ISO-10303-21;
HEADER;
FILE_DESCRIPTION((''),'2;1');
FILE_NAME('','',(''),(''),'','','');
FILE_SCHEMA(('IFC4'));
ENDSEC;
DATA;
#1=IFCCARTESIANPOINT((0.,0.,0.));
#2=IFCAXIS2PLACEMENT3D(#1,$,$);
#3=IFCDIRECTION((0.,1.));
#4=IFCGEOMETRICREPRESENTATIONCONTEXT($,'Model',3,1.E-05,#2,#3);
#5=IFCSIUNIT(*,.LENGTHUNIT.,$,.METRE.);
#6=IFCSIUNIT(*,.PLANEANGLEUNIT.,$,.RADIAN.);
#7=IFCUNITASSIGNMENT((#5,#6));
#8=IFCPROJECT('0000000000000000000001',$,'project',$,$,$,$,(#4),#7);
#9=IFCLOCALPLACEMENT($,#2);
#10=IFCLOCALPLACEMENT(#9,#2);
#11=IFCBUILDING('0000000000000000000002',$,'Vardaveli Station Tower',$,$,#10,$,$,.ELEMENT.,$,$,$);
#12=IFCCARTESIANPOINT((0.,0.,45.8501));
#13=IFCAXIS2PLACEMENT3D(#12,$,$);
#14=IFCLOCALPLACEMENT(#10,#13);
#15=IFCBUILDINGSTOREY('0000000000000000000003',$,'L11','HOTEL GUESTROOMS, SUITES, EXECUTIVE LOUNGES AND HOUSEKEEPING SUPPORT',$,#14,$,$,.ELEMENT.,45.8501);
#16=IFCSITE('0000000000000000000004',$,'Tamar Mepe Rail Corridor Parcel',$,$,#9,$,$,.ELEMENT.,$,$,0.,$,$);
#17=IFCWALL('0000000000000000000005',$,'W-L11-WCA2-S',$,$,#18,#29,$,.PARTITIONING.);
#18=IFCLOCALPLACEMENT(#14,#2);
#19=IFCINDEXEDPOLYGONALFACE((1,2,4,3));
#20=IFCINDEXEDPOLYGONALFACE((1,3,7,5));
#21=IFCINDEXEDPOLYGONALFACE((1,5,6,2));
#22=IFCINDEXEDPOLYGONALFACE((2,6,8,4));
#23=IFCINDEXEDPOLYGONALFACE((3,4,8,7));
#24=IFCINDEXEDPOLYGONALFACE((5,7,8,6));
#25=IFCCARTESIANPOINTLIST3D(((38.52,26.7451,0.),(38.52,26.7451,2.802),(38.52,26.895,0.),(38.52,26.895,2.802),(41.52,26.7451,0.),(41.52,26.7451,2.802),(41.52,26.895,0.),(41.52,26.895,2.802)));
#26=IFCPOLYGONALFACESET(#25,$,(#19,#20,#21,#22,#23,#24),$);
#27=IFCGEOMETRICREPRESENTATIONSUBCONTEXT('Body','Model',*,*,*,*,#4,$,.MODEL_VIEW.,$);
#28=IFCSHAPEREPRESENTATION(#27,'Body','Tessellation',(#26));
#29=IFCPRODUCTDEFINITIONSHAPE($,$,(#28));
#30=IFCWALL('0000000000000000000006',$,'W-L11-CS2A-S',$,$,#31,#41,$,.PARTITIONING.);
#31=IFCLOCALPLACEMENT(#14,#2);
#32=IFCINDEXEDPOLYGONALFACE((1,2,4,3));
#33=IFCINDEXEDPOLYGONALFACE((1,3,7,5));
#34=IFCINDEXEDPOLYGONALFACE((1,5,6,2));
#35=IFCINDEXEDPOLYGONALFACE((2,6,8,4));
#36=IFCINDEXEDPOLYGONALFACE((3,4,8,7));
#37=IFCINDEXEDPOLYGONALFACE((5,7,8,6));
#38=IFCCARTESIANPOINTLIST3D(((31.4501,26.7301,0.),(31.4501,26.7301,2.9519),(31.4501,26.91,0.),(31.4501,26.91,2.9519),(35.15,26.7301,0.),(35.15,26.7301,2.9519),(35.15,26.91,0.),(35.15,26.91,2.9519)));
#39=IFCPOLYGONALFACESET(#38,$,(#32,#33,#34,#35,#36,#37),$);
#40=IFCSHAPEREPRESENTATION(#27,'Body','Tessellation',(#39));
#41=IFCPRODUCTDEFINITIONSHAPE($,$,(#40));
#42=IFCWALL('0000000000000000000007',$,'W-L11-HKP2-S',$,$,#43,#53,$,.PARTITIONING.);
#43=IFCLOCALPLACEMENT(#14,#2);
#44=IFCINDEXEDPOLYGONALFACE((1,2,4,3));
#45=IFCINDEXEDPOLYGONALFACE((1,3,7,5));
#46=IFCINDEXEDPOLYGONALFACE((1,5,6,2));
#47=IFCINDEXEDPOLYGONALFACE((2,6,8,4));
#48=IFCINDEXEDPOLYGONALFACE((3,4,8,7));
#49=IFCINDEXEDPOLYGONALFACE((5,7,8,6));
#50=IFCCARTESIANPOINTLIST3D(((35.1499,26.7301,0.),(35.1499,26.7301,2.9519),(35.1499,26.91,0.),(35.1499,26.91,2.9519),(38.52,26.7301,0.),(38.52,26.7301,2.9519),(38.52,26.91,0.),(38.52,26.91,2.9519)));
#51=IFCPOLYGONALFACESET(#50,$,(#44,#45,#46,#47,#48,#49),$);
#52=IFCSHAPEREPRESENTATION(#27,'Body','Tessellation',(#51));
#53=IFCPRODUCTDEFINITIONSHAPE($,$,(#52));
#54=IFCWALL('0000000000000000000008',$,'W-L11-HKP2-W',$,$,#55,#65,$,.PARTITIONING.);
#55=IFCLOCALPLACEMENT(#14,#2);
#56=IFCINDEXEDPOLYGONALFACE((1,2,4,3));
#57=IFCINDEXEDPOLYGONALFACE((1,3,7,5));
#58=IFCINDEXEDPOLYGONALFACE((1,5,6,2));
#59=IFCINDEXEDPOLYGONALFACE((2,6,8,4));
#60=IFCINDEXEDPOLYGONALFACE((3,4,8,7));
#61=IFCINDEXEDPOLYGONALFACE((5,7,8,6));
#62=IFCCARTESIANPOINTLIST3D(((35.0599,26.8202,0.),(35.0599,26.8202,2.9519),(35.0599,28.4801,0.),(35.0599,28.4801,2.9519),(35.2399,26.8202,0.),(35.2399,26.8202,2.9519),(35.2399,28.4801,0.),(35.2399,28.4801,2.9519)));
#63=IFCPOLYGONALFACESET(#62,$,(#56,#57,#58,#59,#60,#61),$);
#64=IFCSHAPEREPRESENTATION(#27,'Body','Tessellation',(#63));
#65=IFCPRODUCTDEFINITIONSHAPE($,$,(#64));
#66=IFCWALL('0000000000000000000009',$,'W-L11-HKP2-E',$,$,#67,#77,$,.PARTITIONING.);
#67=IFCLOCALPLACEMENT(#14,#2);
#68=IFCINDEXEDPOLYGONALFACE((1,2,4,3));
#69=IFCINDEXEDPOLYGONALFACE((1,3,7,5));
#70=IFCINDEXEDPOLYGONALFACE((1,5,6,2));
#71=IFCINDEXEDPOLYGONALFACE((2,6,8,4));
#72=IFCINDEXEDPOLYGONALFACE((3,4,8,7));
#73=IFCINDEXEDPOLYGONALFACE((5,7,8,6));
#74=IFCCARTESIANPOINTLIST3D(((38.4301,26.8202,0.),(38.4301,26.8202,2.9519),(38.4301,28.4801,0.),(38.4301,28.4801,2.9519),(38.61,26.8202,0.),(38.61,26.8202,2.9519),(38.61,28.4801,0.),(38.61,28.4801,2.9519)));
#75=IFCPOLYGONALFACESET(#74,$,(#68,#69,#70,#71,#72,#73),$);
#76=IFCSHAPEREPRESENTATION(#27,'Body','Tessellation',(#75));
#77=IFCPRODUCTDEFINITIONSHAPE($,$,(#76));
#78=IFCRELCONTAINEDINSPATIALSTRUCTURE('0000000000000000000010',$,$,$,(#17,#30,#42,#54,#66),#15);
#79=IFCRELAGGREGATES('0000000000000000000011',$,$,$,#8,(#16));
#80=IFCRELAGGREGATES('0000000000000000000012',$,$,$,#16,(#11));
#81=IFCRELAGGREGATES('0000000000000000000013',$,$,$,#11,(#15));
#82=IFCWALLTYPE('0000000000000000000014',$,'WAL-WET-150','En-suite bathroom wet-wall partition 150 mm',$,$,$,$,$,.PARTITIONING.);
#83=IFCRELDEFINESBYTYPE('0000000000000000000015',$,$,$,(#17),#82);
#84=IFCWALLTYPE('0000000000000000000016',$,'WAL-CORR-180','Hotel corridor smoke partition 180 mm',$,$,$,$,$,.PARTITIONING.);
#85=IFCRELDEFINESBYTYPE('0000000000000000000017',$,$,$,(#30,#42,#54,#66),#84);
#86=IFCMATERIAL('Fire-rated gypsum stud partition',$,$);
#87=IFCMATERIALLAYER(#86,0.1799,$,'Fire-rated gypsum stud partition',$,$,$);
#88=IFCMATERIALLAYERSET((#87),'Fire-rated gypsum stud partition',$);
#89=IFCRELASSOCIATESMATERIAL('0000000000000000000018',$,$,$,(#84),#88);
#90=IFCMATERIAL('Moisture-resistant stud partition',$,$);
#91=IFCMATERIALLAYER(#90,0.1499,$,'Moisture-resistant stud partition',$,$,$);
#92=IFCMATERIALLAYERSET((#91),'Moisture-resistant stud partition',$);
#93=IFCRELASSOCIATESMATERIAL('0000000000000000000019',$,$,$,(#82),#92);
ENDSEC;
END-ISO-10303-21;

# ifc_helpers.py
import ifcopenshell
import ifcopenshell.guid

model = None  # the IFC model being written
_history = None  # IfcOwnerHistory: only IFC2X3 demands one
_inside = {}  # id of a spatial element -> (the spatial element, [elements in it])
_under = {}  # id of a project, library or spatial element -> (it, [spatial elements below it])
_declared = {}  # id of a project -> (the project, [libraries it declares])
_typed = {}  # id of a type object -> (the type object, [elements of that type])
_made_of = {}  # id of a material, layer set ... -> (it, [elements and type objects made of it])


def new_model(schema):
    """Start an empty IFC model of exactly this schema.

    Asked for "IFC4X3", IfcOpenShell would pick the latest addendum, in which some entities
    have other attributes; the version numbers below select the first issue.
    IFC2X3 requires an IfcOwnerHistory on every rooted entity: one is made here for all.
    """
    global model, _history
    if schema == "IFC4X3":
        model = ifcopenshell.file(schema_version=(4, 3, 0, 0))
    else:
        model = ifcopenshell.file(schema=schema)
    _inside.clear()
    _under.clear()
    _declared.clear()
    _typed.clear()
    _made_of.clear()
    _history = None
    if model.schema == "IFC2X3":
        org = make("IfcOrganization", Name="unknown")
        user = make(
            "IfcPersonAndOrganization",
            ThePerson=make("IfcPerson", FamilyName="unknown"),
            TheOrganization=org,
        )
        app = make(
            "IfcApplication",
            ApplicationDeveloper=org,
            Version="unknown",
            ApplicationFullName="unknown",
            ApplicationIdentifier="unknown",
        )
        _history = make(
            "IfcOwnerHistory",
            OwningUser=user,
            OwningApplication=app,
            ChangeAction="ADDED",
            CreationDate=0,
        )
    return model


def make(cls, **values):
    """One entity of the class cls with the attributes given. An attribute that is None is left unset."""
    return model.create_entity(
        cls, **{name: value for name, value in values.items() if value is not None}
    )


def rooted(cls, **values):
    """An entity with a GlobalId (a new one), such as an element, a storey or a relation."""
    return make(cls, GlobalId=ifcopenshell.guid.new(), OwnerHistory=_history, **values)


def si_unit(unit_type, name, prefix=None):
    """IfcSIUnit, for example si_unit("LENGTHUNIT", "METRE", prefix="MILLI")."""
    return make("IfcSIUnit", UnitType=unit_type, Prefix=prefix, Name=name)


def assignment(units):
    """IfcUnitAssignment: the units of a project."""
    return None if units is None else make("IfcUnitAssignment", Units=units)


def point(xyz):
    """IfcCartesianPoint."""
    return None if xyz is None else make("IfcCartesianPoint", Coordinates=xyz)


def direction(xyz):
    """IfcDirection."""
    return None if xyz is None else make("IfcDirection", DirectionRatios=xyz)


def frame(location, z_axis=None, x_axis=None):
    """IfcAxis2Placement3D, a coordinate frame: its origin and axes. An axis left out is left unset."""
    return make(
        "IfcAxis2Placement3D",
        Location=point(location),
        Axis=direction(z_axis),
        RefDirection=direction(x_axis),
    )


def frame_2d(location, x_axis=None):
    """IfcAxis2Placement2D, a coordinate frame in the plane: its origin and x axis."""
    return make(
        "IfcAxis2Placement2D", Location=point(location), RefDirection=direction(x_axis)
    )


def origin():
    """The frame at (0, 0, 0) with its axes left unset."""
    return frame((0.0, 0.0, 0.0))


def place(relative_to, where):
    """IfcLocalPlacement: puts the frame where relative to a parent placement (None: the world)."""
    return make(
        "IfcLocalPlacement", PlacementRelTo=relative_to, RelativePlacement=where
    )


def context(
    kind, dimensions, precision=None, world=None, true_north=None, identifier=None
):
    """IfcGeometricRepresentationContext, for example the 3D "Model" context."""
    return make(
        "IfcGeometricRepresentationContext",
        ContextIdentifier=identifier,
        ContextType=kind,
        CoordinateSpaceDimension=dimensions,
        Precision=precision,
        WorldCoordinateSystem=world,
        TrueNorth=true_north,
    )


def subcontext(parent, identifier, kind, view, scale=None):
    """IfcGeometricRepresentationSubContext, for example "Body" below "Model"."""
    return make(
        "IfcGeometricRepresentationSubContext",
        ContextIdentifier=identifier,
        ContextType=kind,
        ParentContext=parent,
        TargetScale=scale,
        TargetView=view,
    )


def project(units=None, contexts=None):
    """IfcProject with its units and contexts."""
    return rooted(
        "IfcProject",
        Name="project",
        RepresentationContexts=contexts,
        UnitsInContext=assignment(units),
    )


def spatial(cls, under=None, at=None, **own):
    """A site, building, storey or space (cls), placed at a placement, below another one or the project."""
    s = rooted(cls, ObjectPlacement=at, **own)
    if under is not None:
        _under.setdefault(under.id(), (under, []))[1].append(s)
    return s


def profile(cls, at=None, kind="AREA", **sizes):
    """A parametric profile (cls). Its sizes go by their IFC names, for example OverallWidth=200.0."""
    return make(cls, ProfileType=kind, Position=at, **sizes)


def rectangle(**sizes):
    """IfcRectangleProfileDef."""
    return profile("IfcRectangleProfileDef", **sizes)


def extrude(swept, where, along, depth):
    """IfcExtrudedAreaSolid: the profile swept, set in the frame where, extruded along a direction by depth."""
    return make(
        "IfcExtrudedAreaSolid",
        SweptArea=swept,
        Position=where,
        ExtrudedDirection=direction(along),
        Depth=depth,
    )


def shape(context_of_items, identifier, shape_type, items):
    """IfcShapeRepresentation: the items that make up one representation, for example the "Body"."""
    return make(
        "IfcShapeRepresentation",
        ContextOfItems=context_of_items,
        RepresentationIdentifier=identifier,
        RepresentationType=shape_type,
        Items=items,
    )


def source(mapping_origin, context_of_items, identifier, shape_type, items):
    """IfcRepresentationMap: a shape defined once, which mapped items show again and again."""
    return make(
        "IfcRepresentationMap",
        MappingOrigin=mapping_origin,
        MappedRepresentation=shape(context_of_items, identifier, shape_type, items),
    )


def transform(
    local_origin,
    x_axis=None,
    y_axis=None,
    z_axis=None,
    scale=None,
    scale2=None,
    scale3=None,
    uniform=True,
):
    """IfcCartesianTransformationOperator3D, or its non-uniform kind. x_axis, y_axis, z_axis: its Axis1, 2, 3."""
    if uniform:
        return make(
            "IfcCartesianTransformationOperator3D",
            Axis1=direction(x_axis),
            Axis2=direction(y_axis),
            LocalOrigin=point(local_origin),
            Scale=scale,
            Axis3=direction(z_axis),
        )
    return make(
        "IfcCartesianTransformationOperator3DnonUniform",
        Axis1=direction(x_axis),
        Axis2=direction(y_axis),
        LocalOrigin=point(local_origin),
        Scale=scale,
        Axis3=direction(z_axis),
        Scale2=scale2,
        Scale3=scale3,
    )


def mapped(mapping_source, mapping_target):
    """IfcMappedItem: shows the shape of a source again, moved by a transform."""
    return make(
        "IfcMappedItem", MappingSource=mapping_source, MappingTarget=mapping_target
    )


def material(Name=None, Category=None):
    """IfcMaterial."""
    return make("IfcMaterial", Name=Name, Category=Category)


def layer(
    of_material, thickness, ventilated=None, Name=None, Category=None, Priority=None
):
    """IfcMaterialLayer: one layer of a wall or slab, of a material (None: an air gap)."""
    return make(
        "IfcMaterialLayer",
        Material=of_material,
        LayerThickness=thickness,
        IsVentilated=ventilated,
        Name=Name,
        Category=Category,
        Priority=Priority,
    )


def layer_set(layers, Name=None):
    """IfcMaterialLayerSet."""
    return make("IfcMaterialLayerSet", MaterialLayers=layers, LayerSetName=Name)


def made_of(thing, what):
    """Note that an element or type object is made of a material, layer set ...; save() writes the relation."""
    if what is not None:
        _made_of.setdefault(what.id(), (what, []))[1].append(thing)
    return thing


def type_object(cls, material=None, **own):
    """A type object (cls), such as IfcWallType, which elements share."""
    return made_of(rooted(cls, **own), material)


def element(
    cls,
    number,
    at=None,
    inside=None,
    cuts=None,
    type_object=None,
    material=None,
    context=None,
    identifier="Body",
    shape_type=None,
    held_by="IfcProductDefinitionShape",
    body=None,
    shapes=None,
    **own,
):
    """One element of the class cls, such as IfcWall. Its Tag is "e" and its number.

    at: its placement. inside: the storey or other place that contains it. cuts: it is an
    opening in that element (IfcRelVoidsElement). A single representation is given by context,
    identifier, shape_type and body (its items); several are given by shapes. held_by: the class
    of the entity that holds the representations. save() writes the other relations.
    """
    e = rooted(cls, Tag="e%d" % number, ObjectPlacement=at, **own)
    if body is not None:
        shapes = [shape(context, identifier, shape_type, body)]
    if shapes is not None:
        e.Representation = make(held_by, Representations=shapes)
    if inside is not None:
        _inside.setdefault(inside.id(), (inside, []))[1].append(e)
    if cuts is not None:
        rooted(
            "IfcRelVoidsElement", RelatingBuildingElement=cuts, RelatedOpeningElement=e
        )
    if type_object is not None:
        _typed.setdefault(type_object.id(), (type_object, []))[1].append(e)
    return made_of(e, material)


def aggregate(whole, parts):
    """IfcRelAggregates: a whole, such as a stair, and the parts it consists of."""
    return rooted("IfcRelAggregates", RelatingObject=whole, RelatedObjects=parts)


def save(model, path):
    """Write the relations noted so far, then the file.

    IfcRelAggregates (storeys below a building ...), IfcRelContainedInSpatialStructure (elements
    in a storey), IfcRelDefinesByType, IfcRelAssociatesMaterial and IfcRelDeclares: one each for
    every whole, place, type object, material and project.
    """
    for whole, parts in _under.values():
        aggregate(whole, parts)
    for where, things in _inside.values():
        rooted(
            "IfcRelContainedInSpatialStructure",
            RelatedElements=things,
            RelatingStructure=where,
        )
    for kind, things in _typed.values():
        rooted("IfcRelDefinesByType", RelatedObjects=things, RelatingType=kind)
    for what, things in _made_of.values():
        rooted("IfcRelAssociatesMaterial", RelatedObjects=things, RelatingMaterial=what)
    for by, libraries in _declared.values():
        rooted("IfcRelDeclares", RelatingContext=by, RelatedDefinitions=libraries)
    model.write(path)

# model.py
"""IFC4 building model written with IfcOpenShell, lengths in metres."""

from ifc_helpers import new_model, si_unit, direction, frame, frame_2d, origin, place, context, subcontext, project, spatial, rectangle, extrude, source, transform, mapped, material, layer, layer_set, type_object, element, save


model = new_model("IFC4")

# Units and contexts
model_context = context("Model", 3, precision=1e-05, world=origin(), true_north=direction((0.0, 1.0)))
body_context = subcontext(model_context, "Body", "Model", "MODEL_VIEW")
ifc_project = project(units=[si_unit("LENGTHUNIT", "METRE"), si_unit("PLANEANGLEUNIT", "RADIAN")], contexts=[model_context])

# Site, building, storey
site_placement = place(None, origin())
site = spatial("IfcSite", under=ifc_project, at=site_placement, Name="Tamar Mepe Rail Corridor Parcel", CompositionType="ELEMENT", RefElevation=0.0)
building_placement = place(site_placement, origin())
building = spatial("IfcBuilding", under=site, at=building_placement, Name="Vardaveli Station Tower", CompositionType="ELEMENT")
storey_placement = place(building_placement, frame((0.0, 0.0, 45.8501)))
storey = spatial("IfcBuildingStorey", under=building, at=storey_placement, Name="L11", Description="HOTEL GUESTROOMS, SUITES, EXECUTIVE LOUNGES AND HOUSEKEEPING SUPPORT", CompositionType="ELEMENT", Elevation=45.8501)

# Walls
ifc_material_1 = material(Name="Fire-rated gypsum stud partition")
ifc_layer_1 = layer(ifc_material_1, 0.1799, Name="Fire-rated gypsum stud partition")
ifc_layer_set_1 = layer_set([ifc_layer_1], Name="Fire-rated gypsum stud partition")
wall_type_1 = type_object("IfcWallType", Name="WAL-CORR-180", Description="Hotel corridor smoke partition 180 mm", PredefinedType="PARTITIONING", material=ifc_layer_set_1)
ifc_material_2 = material(Name="Moisture-resistant stud partition")
ifc_layer_2 = layer(ifc_material_2, 0.1499, Name="Moisture-resistant stud partition")
ifc_layer_set_2 = layer_set([ifc_layer_2], Name="Moisture-resistant stud partition")
wall_type_2 = type_object("IfcWallType", Name="WAL-WET-150", Description="En-suite bathroom wet-wall partition 150 mm", PredefinedType="PARTITIONING", material=ifc_layer_set_2)
shared_shape_1 = source(origin(), body_context, "Body", "SweptSolid", [
    extrude(rectangle(XDim=3.0, YDim=0.1499, at=frame_2d((1.5, 0.0))), origin(), (0.0, 0.0, 1.0), 2.802),
])
wall_1_placement = place(storey_placement, frame((38.52, 26.8201, 0.0), z_axis=(0.0, 0.0, 1.0), x_axis=(1.0, 0.0, 0.0)))
element("IfcWall", 1, at=wall_1_placement, inside=storey, type_object=wall_type_2, Name="W-L11-WCA2-S", PredefinedType="PARTITIONING", context=body_context, shape_type="MappedRepresentation", body=[
    mapped(shared_shape_1, transform((0.0, 0.0, 0.0), scale=1.0)),
])
shared_shape_2 = source(origin(), body_context, "Body", "SweptSolid", [
    extrude(rectangle(XDim=3.7, YDim=0.1799, at=frame_2d((1.8501, 0.0))), origin(), (0.0, 0.0, 1.0), 2.9519),
])
wall_2_placement = place(storey_placement, frame((31.45, 26.8201, 0.0), z_axis=(0.0, 0.0, 1.0), x_axis=(1.0, 0.0, 0.0)))
element("IfcWall", 2, at=wall_2_placement, inside=storey, type_object=wall_type_1, Name="W-L11-CS2A-S", PredefinedType="PARTITIONING", context=body_context, shape_type="MappedRepresentation", body=[
    mapped(shared_shape_2, transform((0.0, 0.0, 0.0), scale=1.0)),
])
shared_shape_3 = source(origin(), body_context, "Body", "SweptSolid", [
    extrude(rectangle(XDim=3.3701, YDim=0.1799, at=frame_2d((1.6851, 0.0))), origin(), (0.0, 0.0, 1.0), 2.9519),
])
wall_3_placement = place(storey_placement, frame((35.1499, 26.8201, 0.0), z_axis=(0.0, 0.0, 1.0), x_axis=(1.0, 0.0, 0.0)))
element("IfcWall", 3, at=wall_3_placement, inside=storey, type_object=wall_type_1, Name="W-L11-HKP2-S", PredefinedType="PARTITIONING", context=body_context, shape_type="MappedRepresentation", body=[
    mapped(shared_shape_3, transform((0.0, 0.0, 0.0), scale=1.0)),
])
shared_shape_4 = source(origin(), body_context, "Body", "SweptSolid", [
    extrude(rectangle(XDim=1.6599, YDim=0.1799, at=frame_2d((0.8301, 0.0))), origin(), (0.0, 0.0, 1.0), 2.9519),
])
for number, where, z_axis, x_axis, name in (
    (4, (35.1499, 26.8201, 0.0), (0.0, 0.0, 1.0), (0.0, 1.0, 0.0), "W-L11-HKP2-W"),
    (5, (38.52, 26.8201, 0.0), (0.0, 0.0, 1.0), (0.0, 1.0, 0.0), "W-L11-HKP2-E"),
):
    element("IfcWall", number, at=place(storey_placement, frame(where, z_axis=z_axis, x_axis=x_axis)), inside=storey, type_object=wall_type_1, Name=name, PredefinedType="PARTITIONING", context=body_context, shape_type="MappedRepresentation", body=[
        mapped(shared_shape_4, transform((0.0, 0.0, 0.0), scale=1.0)),
    ])

save(model, "model.ifc")
